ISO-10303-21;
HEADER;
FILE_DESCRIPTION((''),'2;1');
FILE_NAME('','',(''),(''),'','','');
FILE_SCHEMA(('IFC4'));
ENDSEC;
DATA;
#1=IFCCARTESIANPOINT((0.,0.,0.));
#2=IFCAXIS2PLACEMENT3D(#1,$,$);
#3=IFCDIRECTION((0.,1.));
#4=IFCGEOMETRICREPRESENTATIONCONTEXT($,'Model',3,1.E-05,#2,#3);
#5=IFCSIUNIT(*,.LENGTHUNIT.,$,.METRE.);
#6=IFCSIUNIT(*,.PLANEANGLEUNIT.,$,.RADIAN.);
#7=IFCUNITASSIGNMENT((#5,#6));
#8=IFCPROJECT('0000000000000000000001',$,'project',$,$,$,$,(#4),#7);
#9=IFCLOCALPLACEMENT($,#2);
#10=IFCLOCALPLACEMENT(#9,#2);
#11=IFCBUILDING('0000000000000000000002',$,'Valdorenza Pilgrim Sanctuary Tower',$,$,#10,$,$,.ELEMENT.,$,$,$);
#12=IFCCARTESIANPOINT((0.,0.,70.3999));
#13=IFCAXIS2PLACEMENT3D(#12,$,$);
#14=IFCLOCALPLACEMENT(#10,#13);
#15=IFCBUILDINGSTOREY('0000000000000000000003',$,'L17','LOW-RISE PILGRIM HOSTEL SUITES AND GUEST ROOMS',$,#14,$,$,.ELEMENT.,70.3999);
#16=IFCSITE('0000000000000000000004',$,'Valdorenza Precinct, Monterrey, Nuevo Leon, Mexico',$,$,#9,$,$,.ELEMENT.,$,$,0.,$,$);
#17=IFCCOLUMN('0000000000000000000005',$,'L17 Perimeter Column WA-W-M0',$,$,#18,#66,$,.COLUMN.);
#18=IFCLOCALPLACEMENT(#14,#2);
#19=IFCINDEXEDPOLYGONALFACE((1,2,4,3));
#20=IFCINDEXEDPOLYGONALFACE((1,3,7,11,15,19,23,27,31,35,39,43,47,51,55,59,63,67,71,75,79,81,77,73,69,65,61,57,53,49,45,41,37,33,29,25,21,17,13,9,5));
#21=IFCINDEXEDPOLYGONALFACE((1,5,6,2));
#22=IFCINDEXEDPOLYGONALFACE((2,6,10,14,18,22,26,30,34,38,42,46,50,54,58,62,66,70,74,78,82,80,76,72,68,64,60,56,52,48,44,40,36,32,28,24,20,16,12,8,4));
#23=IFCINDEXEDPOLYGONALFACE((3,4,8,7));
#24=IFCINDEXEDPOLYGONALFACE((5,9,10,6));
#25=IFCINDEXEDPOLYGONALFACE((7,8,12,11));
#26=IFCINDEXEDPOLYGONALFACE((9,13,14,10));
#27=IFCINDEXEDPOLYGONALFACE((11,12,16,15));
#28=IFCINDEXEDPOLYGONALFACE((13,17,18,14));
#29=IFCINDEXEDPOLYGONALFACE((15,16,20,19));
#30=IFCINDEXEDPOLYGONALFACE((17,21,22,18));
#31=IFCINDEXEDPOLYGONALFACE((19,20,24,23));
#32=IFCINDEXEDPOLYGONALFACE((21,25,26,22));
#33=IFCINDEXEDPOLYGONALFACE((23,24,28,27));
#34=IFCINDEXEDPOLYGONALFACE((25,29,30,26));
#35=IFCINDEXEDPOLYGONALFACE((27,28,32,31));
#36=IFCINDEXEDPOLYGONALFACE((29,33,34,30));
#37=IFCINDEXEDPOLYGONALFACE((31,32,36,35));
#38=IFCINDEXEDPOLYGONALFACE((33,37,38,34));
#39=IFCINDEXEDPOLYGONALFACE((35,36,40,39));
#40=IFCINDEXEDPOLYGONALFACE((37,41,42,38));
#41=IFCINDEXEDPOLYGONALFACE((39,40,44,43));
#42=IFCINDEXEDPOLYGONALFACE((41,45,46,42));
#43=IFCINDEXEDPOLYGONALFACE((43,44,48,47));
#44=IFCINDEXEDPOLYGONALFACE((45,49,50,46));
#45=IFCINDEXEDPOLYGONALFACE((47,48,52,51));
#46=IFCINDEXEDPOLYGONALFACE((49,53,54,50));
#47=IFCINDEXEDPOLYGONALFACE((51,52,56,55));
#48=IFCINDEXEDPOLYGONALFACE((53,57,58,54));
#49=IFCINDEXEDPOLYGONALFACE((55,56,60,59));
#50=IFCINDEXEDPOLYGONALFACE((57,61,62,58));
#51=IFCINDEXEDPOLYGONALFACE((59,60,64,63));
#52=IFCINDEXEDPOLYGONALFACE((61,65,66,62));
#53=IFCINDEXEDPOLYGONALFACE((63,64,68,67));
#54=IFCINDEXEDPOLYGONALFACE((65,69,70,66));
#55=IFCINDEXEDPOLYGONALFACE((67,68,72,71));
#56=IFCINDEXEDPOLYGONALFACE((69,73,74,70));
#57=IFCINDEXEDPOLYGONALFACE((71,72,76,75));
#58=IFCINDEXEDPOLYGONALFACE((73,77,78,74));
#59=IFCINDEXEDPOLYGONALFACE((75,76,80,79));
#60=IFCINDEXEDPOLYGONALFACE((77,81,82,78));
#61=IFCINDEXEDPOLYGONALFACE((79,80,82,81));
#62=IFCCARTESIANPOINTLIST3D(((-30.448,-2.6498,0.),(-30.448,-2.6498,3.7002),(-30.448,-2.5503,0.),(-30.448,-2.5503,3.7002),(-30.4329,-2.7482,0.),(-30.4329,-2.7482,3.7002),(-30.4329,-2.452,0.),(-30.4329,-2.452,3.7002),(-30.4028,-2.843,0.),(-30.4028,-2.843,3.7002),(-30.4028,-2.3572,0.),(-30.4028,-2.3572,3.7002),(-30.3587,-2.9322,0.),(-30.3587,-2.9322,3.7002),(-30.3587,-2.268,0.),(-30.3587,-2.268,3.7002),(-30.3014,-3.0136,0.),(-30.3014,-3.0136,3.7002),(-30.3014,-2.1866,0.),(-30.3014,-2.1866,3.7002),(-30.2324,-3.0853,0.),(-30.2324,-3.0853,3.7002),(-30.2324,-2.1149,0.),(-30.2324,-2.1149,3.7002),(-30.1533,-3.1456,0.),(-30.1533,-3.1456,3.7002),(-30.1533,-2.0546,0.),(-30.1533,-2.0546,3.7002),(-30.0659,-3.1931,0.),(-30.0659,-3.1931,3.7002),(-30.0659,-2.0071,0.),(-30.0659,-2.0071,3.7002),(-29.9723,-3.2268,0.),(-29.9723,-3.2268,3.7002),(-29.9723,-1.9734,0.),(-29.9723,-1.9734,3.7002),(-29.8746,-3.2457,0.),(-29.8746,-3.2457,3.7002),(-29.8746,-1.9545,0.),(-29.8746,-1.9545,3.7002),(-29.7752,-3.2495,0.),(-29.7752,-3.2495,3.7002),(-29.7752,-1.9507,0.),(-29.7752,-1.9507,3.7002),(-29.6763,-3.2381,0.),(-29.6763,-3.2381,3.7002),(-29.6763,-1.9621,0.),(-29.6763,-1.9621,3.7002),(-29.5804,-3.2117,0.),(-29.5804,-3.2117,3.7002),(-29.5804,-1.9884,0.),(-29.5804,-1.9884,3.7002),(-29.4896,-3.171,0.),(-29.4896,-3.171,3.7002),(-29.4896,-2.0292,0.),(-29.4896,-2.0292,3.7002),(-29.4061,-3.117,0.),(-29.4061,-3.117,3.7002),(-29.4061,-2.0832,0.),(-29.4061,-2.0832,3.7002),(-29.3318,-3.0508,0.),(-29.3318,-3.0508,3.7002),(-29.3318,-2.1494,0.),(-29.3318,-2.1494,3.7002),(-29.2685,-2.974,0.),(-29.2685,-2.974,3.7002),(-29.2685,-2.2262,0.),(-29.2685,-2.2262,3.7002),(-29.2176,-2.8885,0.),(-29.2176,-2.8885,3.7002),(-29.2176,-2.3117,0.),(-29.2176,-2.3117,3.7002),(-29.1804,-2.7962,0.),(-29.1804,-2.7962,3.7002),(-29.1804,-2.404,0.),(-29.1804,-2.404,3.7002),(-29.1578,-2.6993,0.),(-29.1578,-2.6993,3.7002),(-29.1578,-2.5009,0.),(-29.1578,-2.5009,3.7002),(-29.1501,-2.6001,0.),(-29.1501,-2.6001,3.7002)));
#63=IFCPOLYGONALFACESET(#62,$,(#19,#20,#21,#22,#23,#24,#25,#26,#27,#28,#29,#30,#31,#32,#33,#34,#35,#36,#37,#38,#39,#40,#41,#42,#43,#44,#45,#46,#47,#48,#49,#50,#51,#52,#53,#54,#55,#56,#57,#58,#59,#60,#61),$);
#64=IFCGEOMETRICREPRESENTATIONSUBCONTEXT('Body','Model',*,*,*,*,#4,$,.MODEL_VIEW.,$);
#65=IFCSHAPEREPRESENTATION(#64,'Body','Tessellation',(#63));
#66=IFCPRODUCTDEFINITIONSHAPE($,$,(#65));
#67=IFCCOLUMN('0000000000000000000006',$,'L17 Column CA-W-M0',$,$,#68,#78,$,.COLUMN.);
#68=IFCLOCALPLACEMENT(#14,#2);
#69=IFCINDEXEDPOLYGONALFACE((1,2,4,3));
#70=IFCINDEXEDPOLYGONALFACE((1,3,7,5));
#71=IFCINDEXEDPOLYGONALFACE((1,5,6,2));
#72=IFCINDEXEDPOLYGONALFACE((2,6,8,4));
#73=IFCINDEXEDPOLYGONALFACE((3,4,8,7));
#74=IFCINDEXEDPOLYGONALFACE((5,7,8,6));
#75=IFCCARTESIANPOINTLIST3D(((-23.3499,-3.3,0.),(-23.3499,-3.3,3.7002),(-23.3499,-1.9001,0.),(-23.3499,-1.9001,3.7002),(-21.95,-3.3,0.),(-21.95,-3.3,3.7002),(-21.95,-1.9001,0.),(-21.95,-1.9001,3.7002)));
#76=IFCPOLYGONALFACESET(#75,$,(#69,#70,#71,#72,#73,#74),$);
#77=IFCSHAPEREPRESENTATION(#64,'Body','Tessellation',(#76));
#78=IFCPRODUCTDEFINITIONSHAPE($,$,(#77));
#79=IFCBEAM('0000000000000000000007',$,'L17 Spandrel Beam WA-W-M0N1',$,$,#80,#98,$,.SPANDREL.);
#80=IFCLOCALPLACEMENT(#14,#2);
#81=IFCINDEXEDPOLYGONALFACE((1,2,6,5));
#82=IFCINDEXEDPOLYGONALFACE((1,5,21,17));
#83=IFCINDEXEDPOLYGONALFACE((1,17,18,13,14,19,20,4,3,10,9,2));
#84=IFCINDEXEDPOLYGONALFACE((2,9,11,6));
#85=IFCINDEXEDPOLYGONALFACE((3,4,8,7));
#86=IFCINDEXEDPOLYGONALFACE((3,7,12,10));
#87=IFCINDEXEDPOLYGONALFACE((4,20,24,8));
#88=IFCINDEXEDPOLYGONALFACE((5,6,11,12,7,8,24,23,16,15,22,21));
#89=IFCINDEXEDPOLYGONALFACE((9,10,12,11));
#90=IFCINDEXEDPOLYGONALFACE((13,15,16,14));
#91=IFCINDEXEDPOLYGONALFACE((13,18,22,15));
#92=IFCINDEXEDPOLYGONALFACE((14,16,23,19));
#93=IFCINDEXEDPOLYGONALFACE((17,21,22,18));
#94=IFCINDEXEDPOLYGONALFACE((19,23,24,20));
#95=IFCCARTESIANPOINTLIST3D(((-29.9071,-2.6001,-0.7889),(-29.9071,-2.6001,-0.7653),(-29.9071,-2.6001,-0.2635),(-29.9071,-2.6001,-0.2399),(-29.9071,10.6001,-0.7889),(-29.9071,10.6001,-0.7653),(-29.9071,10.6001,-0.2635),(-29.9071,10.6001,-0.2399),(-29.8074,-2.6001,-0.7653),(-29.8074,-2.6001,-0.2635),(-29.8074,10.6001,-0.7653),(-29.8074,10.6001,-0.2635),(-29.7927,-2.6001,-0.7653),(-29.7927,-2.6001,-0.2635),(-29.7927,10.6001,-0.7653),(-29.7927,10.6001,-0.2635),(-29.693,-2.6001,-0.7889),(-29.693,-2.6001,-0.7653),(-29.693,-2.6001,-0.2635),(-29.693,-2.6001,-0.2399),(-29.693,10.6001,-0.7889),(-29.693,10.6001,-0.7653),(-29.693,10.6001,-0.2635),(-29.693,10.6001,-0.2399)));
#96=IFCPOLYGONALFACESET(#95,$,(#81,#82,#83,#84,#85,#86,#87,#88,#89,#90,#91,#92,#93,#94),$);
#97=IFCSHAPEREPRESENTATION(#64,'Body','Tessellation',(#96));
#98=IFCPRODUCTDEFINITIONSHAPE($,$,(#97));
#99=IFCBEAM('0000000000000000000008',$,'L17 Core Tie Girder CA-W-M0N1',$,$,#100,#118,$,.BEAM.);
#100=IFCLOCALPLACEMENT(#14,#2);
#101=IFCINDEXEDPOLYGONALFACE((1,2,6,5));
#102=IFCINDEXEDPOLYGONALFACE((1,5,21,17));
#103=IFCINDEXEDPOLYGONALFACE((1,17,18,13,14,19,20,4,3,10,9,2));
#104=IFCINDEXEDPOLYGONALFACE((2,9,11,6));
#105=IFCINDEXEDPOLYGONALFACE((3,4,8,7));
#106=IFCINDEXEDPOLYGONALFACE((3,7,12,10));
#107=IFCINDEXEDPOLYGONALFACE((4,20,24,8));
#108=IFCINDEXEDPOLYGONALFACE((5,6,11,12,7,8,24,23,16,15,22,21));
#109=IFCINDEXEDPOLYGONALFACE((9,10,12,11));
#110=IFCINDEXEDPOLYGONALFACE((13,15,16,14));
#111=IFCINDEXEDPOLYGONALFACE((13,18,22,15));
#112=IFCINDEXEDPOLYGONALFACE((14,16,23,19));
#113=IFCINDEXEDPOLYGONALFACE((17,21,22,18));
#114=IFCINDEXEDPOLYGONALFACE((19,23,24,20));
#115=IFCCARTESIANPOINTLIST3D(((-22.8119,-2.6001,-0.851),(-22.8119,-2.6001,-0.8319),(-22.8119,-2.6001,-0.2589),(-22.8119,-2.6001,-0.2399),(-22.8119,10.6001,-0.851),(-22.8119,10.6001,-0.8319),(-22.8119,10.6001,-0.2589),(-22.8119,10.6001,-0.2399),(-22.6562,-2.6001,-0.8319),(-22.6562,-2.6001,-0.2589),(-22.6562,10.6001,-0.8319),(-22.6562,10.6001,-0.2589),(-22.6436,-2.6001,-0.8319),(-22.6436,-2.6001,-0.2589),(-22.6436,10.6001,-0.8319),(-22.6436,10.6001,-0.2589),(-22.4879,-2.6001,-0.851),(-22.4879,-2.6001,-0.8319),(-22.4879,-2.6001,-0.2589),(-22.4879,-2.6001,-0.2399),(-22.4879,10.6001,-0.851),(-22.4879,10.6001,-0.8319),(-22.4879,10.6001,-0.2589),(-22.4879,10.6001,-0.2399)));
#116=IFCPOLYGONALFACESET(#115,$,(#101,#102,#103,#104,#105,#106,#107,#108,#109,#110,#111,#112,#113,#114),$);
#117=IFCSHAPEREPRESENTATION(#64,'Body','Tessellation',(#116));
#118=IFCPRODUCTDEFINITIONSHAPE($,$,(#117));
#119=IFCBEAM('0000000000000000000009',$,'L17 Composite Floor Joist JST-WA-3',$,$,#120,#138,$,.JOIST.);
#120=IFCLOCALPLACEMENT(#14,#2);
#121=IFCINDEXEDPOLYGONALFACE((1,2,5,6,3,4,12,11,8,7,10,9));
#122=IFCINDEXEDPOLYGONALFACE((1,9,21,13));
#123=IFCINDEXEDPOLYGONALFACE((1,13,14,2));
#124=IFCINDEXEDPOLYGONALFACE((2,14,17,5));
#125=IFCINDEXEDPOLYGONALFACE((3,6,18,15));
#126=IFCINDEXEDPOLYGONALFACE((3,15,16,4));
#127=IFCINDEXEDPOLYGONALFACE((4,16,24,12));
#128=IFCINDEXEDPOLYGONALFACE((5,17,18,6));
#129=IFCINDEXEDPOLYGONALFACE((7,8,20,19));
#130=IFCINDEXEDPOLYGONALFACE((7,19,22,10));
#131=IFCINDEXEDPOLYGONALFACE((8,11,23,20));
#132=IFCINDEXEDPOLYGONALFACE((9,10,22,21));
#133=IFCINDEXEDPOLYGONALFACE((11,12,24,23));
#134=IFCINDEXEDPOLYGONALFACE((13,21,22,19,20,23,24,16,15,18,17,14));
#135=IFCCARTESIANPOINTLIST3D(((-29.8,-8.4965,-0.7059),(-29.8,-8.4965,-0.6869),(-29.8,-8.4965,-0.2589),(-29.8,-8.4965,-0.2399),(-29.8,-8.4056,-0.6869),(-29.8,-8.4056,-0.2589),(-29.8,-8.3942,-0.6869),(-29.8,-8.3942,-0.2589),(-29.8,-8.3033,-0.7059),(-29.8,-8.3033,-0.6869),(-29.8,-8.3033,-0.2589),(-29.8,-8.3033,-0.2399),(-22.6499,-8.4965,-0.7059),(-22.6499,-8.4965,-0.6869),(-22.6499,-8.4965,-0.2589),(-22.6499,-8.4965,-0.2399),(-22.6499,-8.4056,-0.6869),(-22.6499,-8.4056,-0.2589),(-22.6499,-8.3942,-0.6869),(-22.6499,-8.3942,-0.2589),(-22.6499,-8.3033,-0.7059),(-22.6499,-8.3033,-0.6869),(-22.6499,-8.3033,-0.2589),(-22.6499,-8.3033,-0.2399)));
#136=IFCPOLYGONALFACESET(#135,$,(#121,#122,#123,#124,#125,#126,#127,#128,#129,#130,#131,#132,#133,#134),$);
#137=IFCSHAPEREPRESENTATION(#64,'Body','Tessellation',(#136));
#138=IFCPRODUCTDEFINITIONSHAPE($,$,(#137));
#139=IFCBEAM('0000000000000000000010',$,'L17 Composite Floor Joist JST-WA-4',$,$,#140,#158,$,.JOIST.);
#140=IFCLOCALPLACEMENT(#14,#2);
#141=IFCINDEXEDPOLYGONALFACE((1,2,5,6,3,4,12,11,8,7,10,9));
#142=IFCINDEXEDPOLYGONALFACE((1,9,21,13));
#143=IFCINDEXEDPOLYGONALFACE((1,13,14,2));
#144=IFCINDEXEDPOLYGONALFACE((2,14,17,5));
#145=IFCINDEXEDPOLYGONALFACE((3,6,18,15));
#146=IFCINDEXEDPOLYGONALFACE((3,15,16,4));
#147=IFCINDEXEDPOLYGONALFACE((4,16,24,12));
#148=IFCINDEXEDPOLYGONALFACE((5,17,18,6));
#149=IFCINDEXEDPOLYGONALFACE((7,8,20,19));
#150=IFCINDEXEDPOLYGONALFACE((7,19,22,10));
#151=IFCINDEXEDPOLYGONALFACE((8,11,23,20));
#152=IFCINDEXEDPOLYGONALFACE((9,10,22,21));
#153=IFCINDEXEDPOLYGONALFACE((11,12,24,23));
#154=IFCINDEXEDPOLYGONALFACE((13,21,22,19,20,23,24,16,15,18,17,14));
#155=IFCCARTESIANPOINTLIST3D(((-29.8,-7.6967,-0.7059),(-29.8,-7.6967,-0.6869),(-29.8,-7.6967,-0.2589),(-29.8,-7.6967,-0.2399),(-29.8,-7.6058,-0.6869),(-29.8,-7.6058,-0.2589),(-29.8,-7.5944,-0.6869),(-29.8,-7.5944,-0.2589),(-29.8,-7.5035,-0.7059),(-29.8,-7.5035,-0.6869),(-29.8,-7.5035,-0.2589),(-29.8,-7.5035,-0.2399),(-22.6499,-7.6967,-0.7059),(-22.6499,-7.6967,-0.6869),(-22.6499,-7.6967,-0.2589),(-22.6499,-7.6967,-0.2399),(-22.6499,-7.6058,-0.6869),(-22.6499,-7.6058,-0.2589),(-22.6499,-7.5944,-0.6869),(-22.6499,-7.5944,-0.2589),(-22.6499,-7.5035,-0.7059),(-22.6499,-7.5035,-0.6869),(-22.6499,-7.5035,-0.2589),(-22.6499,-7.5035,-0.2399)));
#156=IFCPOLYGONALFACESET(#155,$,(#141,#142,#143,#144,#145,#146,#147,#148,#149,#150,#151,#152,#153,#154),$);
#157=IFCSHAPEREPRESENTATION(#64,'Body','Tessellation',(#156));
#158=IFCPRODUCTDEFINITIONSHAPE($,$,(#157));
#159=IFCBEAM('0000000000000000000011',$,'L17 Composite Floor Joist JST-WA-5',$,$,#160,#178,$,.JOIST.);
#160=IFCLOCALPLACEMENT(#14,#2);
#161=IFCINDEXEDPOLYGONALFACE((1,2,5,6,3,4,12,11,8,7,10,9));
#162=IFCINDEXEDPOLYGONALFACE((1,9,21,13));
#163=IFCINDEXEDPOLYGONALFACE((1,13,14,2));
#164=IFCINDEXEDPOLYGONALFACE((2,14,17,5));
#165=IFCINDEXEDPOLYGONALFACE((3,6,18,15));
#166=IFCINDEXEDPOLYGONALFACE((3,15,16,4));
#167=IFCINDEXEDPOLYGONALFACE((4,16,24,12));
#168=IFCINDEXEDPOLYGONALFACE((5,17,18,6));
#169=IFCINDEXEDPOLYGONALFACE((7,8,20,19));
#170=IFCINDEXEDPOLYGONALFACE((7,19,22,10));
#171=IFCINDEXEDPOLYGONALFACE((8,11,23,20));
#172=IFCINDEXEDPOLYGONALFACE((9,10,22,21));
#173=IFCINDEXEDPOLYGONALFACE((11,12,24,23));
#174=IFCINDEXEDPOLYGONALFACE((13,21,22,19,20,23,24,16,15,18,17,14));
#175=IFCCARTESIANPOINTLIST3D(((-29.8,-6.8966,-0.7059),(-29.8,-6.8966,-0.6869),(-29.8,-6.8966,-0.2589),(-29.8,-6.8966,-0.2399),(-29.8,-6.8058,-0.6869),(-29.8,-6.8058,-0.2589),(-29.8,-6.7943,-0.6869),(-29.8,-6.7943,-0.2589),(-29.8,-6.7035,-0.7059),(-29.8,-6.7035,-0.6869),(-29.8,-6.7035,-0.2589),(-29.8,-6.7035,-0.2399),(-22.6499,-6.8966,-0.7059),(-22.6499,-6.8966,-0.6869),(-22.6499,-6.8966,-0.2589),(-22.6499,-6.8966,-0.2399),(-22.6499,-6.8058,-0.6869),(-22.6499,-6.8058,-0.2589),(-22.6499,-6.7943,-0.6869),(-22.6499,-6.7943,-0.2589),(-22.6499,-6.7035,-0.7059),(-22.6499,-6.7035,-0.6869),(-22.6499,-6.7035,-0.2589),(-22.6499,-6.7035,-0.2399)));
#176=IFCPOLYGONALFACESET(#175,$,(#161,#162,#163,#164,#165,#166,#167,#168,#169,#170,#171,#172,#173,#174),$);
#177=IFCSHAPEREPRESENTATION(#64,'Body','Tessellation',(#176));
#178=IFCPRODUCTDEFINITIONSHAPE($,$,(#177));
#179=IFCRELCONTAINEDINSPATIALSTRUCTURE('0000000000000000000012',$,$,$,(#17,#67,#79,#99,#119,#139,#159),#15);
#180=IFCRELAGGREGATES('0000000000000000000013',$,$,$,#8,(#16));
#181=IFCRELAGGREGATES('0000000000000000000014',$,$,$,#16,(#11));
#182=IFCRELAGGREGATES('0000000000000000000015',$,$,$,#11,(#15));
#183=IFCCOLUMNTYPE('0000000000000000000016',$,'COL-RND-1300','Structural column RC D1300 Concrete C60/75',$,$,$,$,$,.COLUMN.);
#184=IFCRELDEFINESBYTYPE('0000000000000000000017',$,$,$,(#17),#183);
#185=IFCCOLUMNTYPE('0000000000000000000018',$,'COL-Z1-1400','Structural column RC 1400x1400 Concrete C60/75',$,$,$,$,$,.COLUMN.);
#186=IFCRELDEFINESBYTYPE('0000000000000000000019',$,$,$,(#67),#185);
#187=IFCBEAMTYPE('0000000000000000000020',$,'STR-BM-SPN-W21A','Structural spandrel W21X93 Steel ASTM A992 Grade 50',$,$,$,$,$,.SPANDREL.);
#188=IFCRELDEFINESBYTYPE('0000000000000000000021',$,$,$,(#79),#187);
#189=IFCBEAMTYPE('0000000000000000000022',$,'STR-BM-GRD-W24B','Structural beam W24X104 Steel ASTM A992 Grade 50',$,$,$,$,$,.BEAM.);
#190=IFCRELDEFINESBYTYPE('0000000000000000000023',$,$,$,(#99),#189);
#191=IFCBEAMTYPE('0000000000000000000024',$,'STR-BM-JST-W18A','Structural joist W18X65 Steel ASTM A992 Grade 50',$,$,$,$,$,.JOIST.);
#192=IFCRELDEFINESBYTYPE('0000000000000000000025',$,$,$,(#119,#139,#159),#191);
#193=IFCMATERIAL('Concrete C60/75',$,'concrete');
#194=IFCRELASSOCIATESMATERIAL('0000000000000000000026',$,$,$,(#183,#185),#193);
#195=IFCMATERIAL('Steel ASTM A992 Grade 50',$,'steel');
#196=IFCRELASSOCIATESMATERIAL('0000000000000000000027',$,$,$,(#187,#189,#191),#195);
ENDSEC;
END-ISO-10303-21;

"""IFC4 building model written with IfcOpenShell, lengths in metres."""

from ifc_helpers import new_model, si_unit, direction, frame, origin, origin_2d, place, context, subcontext, project, spatial, rectangle, circle, i_section, extrude, source, transform, mapped, material, material_profile, profile_set, type_object, element, save


model = new_model("IFC4")

# Units and contexts
model_context = context("Model", 3, precision=1e-05, world=origin(), true_north=direction((0.0, 1.0)))
body_context = subcontext(model_context, "Body", "Model", "MODEL_VIEW")
ifc_project = project(units=[si_unit("LENGTHUNIT", "METRE"), si_unit("PLANEANGLEUNIT", "RADIAN")], contexts=[model_context])

# Site, building, storey
site_placement = place(None, origin())
site = spatial("IfcSite", under=ifc_project, at=site_placement, Name="Valdorenza Precinct, Monterrey, Nuevo Leon, Mexico", CompositionType="ELEMENT", RefElevation=0.0)
building_placement = place(site_placement, origin())
building = spatial("IfcBuilding", under=site, at=building_placement, Name="Valdorenza Pilgrim Sanctuary Tower", CompositionType="ELEMENT")
storey_placement = place(building_placement, frame((0.0, 0.0, 70.3999)))
storey = spatial("IfcBuildingStorey", under=building, at=storey_placement, Name="L17", Description="LOW-RISE PILGRIM HOSTEL SUITES AND GUEST ROOMS", CompositionType="ELEMENT", Elevation=70.3999)

# Columns
ifc_material_1 = material(Name="Concrete C60/75", Category="concrete")
ifc_material_profile_1 = material_profile(ifc_material_1, circle(Radius=0.6499, at=origin_2d()), Name="RC D1300")
ifc_profile_set_1 = profile_set([ifc_material_profile_1], Name="Concrete C60/75")
column_type_1 = type_object("IfcColumnType", Name="COL-RND-1300", Description="Structural column RC D1300 Concrete C60/75", PredefinedType="COLUMN", material=ifc_profile_set_1)
shared_shape_1 = source(origin(), body_context, "Body", "SweptSolid", [
    extrude(circle(Radius=0.6499, at=origin_2d()), origin(), (0.0, 0.0, 1.0), 3.7002),
])
column_1_placement = place(storey_placement, frame((-29.8, -2.6001, 0.0), z_axis=(0.0, 0.0, 1.0), x_axis=(1.0, 0.0, 0.0)))
element("IfcColumn", 1, at=column_1_placement, inside=storey, type_object=column_type_1, Name="L17 Perimeter Column WA-W-M0", PredefinedType="COLUMN", context=body_context, shape_type="MappedRepresentation", body=[
    mapped(shared_shape_1, transform((0.0, 0.0, 0.0), x_axis=(1.0, 0.0, 0.0), y_axis=(0.0, 1.0, 0.0), z_axis=(0.0, 0.0, 1.0), scale=1.0)),
])
ifc_material_profile_2 = material_profile(ifc_material_1, rectangle(XDim=1.3999, YDim=1.3999, at=origin_2d()), Name="RC 1400x1400")
ifc_profile_set_2 = profile_set([ifc_material_profile_2], Name="Concrete C60/75")
column_type_2 = type_object("IfcColumnType", Name="COL-Z1-1400", Description="Structural column RC 1400x1400 Concrete C60/75", PredefinedType="COLUMN", material=ifc_profile_set_2)
shared_shape_2 = source(origin(), body_context, "Body", "SweptSolid", [
    extrude(rectangle(XDim=1.3999, YDim=1.3999, at=origin_2d()), origin(), (0.0, 0.0, 1.0), 3.7002),
])
column_2_placement = place(storey_placement, frame((-22.6499, -2.6001, 0.0), z_axis=(0.0, 0.0, 1.0), x_axis=(1.0, 0.0, 0.0)))
element("IfcColumn", 2, at=column_2_placement, inside=storey, type_object=column_type_2, Name="L17 Column CA-W-M0", PredefinedType="COLUMN", context=body_context, shape_type="MappedRepresentation", body=[
    mapped(shared_shape_2, transform((0.0, 0.0, 0.0), x_axis=(1.0, 0.0, 0.0), y_axis=(0.0, 1.0, 0.0), z_axis=(0.0, 0.0, 1.0), scale=1.0)),
])

# Beams
ifc_material_2 = material(Name="Steel ASTM A992 Grade 50", Category="steel")
ifc_material_profile_3 = material_profile(ifc_material_2, i_section(OverallWidth=0.2141, OverallDepth=0.5491, WebThickness=0.0146, FlangeThickness=0.0237, at=origin_2d()), Name="W21X93")
ifc_profile_set_3 = profile_set([ifc_material_profile_3], Name="Steel ASTM A992 Grade 50")
beam_type_1 = type_object("IfcBeamType", Name="STR-BM-SPN-W21A", Description="Structural spandrel W21X93 Steel ASTM A992 Grade 50", PredefinedType="SPANDREL", material=ifc_profile_set_3)
shared_shape_3 = source(origin(), body_context, "Body", "SweptSolid", [
    extrude(i_section(OverallWidth=0.2141, OverallDepth=0.5491, WebThickness=0.0146, FlangeThickness=0.0237, at=origin_2d()), origin(), (0.0, 0.0, 1.0), 13.2002),
])
beam_1_placement = place(storey_placement, frame((-29.8, -2.6001, -0.5144), z_axis=(0.0, 1.0, 0.0), x_axis=(-1.0, 0.0, 0.0)))
element("IfcBeam", 3, at=beam_1_placement, inside=storey, type_object=beam_type_1, Name="L17 Spandrel Beam WA-W-M0N1", PredefinedType="SPANDREL", context=body_context, shape_type="MappedRepresentation", body=[
    mapped(shared_shape_3, transform((0.0, 0.0, 0.0), x_axis=(1.0, 0.0, 0.0), y_axis=(0.0, 1.0, 0.0), z_axis=(0.0, 0.0, 1.0), scale=1.0)),
])
ifc_material_profile_4 = material_profile(ifc_material_2, i_section(OverallWidth=0.324, OverallDepth=0.6111, WebThickness=0.0127, FlangeThickness=0.019, at=origin_2d()), Name="W24X104")
ifc_profile_set_4 = profile_set([ifc_material_profile_4], Name="Steel ASTM A992 Grade 50")
beam_type_2 = type_object("IfcBeamType", Name="STR-BM-GRD-W24B", Description="Structural beam W24X104 Steel ASTM A992 Grade 50", PredefinedType="BEAM", material=ifc_profile_set_4)
shared_shape_4 = source(origin(), body_context, "Body", "SweptSolid", [
    extrude(i_section(OverallWidth=0.324, OverallDepth=0.6111, WebThickness=0.0127, FlangeThickness=0.019, at=origin_2d()), origin(), (0.0, 0.0, 1.0), 13.2002),
])
beam_2_placement = place(storey_placement, frame((-22.6499, -2.6001, -0.5454), z_axis=(0.0, 1.0, 0.0), x_axis=(-1.0, 0.0, 0.0)))
element("IfcBeam", 4, at=beam_2_placement, inside=storey, type_object=beam_type_2, Name="L17 Core Tie Girder CA-W-M0N1", PredefinedType="BEAM", context=body_context, shape_type="MappedRepresentation", body=[
    mapped(shared_shape_4, transform((0.0, 0.0, 0.0), x_axis=(1.0, 0.0, 0.0), y_axis=(0.0, 1.0, 0.0), z_axis=(0.0, 0.0, 1.0), scale=1.0)),
])
ifc_material_profile_5 = material_profile(ifc_material_2, i_section(OverallWidth=0.1931, OverallDepth=0.4661, WebThickness=0.0115, FlangeThickness=0.019, at=origin_2d()), Name="W18X65")
ifc_profile_set_5 = profile_set([ifc_material_profile_5], Name="Steel ASTM A992 Grade 50")
beam_type_3 = type_object("IfcBeamType", Name="STR-BM-JST-W18A", Description="Structural joist W18X65 Steel ASTM A992 Grade 50", PredefinedType="JOIST", material=ifc_profile_set_5)
shared_shape_5 = source(origin(), body_context, "Body", "SweptSolid", [
    extrude(i_section(OverallWidth=0.1931, OverallDepth=0.4661, WebThickness=0.0115, FlangeThickness=0.019, at=origin_2d()), origin(), (0.0, 0.0, 1.0), 7.1501),
])
for number, where, z_axis, x_axis, name in (
    (5, (-29.8, -8.3999, -0.4729), (1.0, 0.0, 0.0), (0.0, 1.0, 0.0), "L17 Composite Floor Joist JST-WA-3"),
    (6, (-29.8, -7.6001, -0.4729), (1.0, 0.0, 0.0), (0.0, 1.0, 0.0), "L17 Composite Floor Joist JST-WA-4"),
    (7, (-29.8, -6.8, -0.4729), (1.0, 0.0, 0.0), (0.0, 1.0, 0.0), "L17 Composite Floor Joist JST-WA-5"),
):
    element("IfcBeam", number, at=place(storey_placement, frame(where, z_axis=z_axis, x_axis=x_axis)), inside=storey, type_object=beam_type_3, Name=name, PredefinedType="JOIST", context=body_context, shape_type="MappedRepresentation", body=[
        mapped(shared_shape_5, transform((0.0, 0.0, 0.0), x_axis=(1.0, 0.0, 0.0), y_axis=(0.0, 1.0, 0.0), z_axis=(0.0, 0.0, 1.0), scale=1.0)),
    ])

save(model, "model.ifc")
